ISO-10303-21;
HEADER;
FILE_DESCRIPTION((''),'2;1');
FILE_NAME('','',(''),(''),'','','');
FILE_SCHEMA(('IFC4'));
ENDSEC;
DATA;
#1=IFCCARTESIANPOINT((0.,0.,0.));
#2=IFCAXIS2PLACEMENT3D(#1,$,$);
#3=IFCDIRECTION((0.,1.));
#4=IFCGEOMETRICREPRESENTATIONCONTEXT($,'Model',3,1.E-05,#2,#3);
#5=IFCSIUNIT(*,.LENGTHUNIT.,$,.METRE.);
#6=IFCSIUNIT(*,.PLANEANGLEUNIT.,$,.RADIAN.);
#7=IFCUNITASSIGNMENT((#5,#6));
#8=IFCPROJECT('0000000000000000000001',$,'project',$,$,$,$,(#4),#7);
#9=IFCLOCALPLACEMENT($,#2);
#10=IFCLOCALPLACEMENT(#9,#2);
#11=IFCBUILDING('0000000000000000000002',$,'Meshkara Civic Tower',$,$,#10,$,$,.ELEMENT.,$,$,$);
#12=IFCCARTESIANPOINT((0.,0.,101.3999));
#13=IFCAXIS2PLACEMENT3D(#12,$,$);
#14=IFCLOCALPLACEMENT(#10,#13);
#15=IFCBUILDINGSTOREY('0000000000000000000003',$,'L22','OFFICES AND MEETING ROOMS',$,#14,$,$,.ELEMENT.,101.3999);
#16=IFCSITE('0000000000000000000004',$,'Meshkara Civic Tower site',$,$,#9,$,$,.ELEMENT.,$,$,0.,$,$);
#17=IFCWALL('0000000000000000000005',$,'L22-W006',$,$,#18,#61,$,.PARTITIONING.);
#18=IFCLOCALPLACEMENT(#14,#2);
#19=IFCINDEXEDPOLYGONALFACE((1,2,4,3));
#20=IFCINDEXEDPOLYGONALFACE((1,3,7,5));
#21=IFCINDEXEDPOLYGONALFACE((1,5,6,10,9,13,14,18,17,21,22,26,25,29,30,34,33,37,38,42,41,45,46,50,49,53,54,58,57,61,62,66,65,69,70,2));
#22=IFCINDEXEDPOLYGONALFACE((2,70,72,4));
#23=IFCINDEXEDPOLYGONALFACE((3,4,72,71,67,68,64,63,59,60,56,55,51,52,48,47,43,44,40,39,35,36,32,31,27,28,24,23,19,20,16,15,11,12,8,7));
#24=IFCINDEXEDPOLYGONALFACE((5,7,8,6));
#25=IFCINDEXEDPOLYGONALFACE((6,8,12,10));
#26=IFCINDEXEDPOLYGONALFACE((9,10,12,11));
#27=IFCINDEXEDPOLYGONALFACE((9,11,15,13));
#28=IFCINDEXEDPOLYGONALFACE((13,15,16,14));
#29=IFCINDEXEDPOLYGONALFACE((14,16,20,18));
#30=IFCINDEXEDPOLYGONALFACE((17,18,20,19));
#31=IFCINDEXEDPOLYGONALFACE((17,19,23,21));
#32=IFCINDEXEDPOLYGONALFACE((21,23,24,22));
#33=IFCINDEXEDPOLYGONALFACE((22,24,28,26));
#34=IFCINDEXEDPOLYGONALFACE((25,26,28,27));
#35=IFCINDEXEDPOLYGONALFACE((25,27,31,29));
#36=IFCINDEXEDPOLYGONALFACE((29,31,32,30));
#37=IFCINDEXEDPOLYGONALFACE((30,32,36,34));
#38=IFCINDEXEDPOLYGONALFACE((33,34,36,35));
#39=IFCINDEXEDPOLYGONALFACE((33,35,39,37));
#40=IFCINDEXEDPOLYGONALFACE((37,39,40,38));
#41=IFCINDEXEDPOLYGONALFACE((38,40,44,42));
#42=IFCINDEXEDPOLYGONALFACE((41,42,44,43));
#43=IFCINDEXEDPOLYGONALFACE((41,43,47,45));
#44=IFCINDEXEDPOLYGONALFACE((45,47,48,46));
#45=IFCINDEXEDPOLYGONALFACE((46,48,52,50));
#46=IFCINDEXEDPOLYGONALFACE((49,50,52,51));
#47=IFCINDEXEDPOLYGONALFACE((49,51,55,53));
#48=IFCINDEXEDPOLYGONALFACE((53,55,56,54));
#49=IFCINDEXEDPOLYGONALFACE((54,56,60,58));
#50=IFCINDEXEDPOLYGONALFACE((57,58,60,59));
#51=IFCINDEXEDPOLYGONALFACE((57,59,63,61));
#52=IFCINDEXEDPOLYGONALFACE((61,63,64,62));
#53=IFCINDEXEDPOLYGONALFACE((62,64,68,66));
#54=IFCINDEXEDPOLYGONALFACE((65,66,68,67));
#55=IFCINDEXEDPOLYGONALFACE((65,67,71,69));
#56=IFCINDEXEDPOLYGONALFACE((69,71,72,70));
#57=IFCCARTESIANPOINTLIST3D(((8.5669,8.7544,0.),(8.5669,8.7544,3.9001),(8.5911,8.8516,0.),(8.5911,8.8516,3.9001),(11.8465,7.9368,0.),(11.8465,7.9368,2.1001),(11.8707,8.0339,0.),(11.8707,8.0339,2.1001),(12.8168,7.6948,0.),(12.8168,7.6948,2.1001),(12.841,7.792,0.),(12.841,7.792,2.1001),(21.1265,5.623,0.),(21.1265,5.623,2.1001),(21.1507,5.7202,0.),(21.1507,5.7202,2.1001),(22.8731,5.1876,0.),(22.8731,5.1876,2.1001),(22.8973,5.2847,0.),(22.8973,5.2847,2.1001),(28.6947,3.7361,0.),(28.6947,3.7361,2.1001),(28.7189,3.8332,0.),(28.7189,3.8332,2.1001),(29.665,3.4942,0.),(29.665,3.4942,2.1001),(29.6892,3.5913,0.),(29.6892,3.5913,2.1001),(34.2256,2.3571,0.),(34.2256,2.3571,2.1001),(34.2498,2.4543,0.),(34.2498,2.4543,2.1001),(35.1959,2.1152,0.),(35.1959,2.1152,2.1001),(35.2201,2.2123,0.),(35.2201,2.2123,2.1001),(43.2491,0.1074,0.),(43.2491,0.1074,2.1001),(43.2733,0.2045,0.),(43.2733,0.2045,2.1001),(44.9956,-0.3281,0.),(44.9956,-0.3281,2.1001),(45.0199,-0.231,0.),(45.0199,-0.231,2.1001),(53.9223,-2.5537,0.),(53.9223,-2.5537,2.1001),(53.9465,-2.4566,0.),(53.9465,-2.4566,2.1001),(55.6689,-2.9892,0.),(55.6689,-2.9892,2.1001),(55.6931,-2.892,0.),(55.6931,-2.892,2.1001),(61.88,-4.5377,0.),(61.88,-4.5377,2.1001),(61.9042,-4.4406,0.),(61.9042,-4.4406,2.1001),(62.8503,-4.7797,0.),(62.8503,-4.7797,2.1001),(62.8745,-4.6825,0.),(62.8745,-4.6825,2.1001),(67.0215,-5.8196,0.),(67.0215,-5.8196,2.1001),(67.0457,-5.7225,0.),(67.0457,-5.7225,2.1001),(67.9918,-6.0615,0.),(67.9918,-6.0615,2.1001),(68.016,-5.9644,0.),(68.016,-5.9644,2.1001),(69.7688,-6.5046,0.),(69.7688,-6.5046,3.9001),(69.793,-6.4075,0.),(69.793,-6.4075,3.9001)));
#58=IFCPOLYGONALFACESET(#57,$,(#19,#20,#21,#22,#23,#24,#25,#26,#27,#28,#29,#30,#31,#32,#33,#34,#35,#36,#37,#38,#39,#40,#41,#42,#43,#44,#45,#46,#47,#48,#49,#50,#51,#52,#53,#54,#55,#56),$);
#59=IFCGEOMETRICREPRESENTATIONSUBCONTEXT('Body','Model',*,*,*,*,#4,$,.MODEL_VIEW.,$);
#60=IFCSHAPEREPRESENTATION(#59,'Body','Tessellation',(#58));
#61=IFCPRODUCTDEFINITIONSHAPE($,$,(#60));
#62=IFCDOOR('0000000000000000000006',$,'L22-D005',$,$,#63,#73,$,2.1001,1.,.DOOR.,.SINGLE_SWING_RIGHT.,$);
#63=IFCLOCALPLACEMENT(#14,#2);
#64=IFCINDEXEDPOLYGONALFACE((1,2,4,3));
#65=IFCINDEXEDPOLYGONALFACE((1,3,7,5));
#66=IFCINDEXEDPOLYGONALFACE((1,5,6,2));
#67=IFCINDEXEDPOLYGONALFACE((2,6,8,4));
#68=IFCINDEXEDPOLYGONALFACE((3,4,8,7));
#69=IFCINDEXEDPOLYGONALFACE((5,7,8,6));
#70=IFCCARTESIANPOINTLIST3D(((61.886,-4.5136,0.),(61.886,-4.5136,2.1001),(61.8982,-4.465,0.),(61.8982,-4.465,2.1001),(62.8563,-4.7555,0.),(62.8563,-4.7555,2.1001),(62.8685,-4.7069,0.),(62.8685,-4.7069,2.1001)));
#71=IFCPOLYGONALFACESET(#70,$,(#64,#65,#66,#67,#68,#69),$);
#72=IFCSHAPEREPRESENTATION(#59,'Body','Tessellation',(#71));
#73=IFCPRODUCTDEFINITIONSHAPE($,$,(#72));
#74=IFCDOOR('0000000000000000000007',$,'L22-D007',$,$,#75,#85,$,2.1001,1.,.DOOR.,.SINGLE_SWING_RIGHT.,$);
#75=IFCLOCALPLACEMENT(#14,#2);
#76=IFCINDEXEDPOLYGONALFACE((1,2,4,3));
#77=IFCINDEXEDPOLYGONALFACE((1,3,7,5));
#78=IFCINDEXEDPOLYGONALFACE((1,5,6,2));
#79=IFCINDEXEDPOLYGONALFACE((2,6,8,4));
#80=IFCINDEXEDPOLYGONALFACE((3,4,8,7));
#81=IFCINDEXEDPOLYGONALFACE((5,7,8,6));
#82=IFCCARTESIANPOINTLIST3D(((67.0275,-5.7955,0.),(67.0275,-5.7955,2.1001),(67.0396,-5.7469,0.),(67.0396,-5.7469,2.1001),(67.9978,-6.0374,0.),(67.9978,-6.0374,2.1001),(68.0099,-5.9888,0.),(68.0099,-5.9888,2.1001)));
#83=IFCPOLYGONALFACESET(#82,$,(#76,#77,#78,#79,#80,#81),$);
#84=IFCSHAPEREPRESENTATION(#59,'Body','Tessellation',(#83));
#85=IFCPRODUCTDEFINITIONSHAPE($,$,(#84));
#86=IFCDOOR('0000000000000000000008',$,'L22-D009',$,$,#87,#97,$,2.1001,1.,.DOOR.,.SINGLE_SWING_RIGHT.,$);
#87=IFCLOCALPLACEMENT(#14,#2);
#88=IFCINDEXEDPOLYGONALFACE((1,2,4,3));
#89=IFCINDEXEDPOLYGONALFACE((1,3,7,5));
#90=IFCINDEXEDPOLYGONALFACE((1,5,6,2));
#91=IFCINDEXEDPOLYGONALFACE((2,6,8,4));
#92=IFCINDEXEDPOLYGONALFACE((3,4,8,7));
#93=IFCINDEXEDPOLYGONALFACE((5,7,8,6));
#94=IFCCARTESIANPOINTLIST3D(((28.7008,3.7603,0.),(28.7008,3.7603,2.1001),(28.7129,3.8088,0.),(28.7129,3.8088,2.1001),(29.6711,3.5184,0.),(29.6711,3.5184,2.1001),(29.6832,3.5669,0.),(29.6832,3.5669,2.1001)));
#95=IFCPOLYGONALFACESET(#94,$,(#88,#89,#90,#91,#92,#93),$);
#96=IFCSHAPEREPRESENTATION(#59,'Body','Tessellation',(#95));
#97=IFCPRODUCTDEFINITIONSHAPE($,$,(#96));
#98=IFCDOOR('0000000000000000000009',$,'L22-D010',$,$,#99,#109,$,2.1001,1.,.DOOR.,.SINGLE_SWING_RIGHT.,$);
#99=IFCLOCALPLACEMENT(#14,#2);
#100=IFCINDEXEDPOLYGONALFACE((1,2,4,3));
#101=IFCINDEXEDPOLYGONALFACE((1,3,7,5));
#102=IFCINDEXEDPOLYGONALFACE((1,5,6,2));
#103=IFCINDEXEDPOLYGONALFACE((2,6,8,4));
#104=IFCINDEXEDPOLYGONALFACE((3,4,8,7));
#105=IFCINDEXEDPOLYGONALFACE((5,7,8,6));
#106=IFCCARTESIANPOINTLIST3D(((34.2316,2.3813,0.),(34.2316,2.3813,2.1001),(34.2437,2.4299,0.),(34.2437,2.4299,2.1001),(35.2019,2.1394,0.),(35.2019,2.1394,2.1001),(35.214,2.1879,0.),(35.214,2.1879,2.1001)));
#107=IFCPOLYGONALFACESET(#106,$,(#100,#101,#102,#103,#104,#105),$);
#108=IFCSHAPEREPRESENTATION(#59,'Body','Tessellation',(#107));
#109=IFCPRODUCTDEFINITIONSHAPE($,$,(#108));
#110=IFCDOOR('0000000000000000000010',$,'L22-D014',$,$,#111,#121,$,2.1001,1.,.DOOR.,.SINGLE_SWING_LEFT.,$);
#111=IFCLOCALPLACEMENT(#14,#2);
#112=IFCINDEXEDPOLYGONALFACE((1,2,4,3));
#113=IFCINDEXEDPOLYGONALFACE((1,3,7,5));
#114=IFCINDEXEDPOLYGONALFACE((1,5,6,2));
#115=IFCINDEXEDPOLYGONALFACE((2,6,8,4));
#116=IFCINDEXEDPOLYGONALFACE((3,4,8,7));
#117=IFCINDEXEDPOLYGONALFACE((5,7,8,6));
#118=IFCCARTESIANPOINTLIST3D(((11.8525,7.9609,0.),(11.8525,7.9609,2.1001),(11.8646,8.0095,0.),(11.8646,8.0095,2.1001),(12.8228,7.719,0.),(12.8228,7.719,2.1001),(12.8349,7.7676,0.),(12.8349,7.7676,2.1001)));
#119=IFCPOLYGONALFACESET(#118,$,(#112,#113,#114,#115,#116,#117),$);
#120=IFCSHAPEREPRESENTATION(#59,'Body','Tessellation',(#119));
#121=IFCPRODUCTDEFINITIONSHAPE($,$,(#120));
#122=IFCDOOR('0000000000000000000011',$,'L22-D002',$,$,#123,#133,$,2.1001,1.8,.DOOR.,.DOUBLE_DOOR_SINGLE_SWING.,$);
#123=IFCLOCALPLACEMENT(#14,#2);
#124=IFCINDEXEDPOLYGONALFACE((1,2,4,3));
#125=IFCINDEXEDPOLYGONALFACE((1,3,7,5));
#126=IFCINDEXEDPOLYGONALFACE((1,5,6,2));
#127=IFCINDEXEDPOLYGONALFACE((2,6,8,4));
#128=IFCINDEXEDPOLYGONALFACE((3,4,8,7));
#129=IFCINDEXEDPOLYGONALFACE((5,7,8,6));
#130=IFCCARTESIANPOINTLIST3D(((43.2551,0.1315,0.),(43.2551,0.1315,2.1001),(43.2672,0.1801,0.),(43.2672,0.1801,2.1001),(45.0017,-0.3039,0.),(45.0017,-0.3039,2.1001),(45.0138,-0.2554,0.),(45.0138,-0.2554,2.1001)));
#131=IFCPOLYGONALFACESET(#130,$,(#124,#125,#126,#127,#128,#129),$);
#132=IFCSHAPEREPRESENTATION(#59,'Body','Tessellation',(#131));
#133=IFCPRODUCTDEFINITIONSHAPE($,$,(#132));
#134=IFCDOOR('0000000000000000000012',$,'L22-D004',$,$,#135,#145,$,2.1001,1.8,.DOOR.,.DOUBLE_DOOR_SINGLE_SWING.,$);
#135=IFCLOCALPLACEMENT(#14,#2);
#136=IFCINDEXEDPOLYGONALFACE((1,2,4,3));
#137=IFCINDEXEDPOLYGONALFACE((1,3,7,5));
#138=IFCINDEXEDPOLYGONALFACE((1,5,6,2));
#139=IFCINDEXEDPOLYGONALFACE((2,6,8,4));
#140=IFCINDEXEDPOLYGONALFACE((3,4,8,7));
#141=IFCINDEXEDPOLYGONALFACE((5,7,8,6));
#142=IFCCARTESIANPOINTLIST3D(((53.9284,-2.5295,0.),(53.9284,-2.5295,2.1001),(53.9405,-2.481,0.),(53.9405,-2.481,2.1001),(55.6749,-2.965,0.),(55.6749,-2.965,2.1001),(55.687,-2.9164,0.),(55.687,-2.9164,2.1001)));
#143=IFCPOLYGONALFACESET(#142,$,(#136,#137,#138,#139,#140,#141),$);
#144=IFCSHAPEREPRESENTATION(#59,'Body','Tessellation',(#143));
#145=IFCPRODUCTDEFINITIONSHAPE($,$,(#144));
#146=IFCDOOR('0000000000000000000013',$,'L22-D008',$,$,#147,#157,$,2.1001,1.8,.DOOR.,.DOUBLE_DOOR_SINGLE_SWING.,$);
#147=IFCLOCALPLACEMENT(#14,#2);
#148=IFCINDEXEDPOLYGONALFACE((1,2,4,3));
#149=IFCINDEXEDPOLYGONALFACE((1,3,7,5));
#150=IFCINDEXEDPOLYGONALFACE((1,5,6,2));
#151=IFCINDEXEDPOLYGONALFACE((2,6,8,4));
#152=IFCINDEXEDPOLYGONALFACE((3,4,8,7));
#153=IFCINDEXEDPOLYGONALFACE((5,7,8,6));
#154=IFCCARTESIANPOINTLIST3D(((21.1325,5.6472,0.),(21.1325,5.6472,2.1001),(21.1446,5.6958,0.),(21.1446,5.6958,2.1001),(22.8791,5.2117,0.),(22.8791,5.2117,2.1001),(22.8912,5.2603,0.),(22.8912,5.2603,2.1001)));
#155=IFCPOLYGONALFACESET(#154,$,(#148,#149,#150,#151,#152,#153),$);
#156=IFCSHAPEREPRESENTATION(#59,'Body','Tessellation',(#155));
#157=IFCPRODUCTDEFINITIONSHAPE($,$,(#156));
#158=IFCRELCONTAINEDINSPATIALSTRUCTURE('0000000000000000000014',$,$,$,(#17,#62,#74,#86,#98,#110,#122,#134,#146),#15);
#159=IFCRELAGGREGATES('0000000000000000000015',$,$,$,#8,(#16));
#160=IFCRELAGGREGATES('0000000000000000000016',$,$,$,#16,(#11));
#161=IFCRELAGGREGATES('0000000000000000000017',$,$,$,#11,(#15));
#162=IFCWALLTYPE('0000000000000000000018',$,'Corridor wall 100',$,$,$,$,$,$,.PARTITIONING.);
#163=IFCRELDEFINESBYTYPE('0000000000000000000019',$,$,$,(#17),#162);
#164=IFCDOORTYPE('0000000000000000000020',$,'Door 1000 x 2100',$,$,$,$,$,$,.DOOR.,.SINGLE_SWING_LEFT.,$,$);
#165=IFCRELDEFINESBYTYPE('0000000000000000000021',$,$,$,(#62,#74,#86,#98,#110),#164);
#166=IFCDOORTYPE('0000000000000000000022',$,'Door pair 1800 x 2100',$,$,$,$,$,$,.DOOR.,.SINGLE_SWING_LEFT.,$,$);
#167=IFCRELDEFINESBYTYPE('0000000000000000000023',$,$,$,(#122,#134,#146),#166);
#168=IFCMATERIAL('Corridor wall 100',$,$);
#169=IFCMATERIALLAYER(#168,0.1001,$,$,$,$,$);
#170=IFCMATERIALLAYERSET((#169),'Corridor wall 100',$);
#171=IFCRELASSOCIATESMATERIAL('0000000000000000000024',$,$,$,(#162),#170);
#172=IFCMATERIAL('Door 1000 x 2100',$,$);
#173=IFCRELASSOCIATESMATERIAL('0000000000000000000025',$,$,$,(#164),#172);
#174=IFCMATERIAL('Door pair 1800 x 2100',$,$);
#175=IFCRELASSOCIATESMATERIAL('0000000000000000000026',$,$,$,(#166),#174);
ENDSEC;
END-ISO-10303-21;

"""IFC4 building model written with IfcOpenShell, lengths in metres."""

from ifc_helpers import new_model, si_unit, direction, frame, frame_2d, origin, place, context, subcontext, project, spatial, rectangle, extrude, material, layer, layer_set, type_object, element, fill, save


model = new_model("IFC4")

# Units and contexts
model_context = context("Model", 3, precision=1e-05, world=origin(), true_north=direction((0.0, 1.0)))
body_context = subcontext(model_context, "Body", "Model", "MODEL_VIEW")
ifc_project = project(units=[si_unit("LENGTHUNIT", "METRE"), si_unit("PLANEANGLEUNIT", "RADIAN")], contexts=[model_context])

# Site, building, storey
site_placement = place(None, origin())
site = spatial("IfcSite", under=ifc_project, at=site_placement, Name="Meshkara Civic Tower site", CompositionType="ELEMENT", RefElevation=0.0)
building_placement = place(site_placement, origin())
building = spatial("IfcBuilding", under=site, at=building_placement, Name="Meshkara Civic Tower", CompositionType="ELEMENT")
storey_placement = place(building_placement, frame((0.0, 0.0, 101.3999)))
storey = spatial("IfcBuildingStorey", under=building, at=storey_placement, Name="L22", Description="OFFICES AND MEETING ROOMS", CompositionType="ELEMENT", Elevation=101.3999)

# Shared definitions
ifc_material_1 = material(Name="Corridor wall 100")
ifc_layer_1 = layer(ifc_material_1, 0.1001)
ifc_layer_set_1 = layer_set([ifc_layer_1], Name="Corridor wall 100")
wall_type_1 = type_object("IfcWallType", Name="Corridor wall 100", PredefinedType="PARTITIONING", material=ifc_layer_set_1)
ifc_material_2 = material(Name="Door 1000 x 2100")
door_type_1 = type_object("IfcDoorType", Name="Door 1000 x 2100", OperationType="SINGLE_SWING_LEFT", PredefinedType="DOOR", material=ifc_material_2)
ifc_material_3 = material(Name="Door pair 1800 x 2100")
door_type_2 = type_object("IfcDoorType", Name="Door pair 1800 x 2100", OperationType="SINGLE_SWING_LEFT", PredefinedType="DOOR", material=ifc_material_3)

# Wall, openings, doors
wall_1_placement = place(storey_placement, frame((8.5791, 8.803, 0.0), z_axis=(0.0, 0.0, 1.0), x_axis=(0.970297, -0.241917, 0.0)))
wall_1 = element("IfcWall", 1, at=wall_1_placement, inside=storey, type_object=wall_type_1, Name="L22-W006", PredefinedType="PARTITIONING", context=body_context, shape_type="SweptSolid", body=[
    extrude(rectangle(XDim=63.0754, YDim=0.1001, at=frame_2d((31.5376, 0.0))), origin(), (0.0, 0.0, 1.0), 3.9001),
])
opening_1_placement = place(wall_1_placement, frame((35.7439, 0.0, 0.0)))
opening_1 = element("IfcOpeningElement", 2, at=opening_1_placement, cuts=wall_1, PredefinedType="OPENING", context=body_context, shape_type="SweptSolid", body=[
    extrude(rectangle(XDim=1.8, YDim=2.1001, at=frame_2d((0.8999, 1.05))), frame((0.0, 0.0601, 0.0), z_axis=(0.0, -1.0, 0.0), x_axis=(1.0, 0.0, 0.0)), (0.0, 0.0, 1.0), 0.1201),
])
opening_2_placement = place(wall_1_placement, frame((46.7439, 0.0, 0.0)))
opening_2 = element("IfcOpeningElement", 3, at=opening_2_placement, cuts=wall_1, PredefinedType="OPENING", context=body_context, shape_type="SweptSolid", body=[
    extrude(rectangle(XDim=1.8, YDim=2.1001, at=frame_2d((0.8999, 1.05))), frame((0.0, 0.0601, 0.0), z_axis=(0.0, -1.0, 0.0), x_axis=(1.0, 0.0, 0.0)), (0.0, 0.0, 1.0), 0.1201),
])
opening_3_placement = place(wall_1_placement, frame((54.9451, 0.0, 0.0)))
opening_3 = element("IfcOpeningElement", 4, at=opening_3_placement, cuts=wall_1, PredefinedType="OPENING", context=body_context, shape_type="SweptSolid", body=[
    extrude(rectangle(XDim=1.0, YDim=2.1001, at=frame_2d((0.5, 1.05))), frame((0.0, 0.0601, 0.0), z_axis=(0.0, -1.0, 0.0), x_axis=(1.0, 0.0, 0.0)), (0.0, 0.0, 1.0), 0.1201),
])
opening_4_placement = place(wall_1_placement, frame((60.2439, 0.0, 0.0)))
opening_4 = element("IfcOpeningElement", 5, at=opening_4_placement, cuts=wall_1, PredefinedType="OPENING", context=body_context, shape_type="SweptSolid", body=[
    extrude(rectangle(XDim=1.0, YDim=2.1001, at=frame_2d((0.5, 1.05))), frame((0.0, 0.0601, 0.0), z_axis=(0.0, -1.0, 0.0), x_axis=(1.0, 0.0, 0.0)), (0.0, 0.0, 1.0), 0.1201),
])
opening_5_placement = place(wall_1_placement, frame((12.9441, 0.0, 0.0)))
opening_5 = element("IfcOpeningElement", 6, at=opening_5_placement, cuts=wall_1, PredefinedType="OPENING", context=body_context, shape_type="SweptSolid", body=[
    extrude(rectangle(XDim=1.8, YDim=2.1001, at=frame_2d((0.8999, 1.05))), frame((0.0, 0.0601, 0.0), z_axis=(0.0, -1.0, 0.0), x_axis=(1.0, 0.0, 0.0)), (0.0, 0.0, 1.0), 0.1201),
])
opening_6_placement = place(wall_1_placement, frame((20.7439, 0.0, 0.0)))
opening_6 = element("IfcOpeningElement", 7, at=opening_6_placement, cuts=wall_1, PredefinedType="OPENING", context=body_context, shape_type="SweptSolid", body=[
    extrude(rectangle(XDim=1.0, YDim=2.1001, at=frame_2d((0.5, 1.05))), frame((0.0, 0.0601, 0.0), z_axis=(0.0, -1.0, 0.0), x_axis=(1.0, 0.0, 0.0)), (0.0, 0.0, 1.0), 0.1201),
])
opening_7_placement = place(wall_1_placement, frame((26.4441, 0.0, 0.0)))
opening_7 = element("IfcOpeningElement", 8, at=opening_7_placement, cuts=wall_1, PredefinedType="OPENING", context=body_context, shape_type="SweptSolid", body=[
    extrude(rectangle(XDim=1.0, YDim=2.1001, at=frame_2d((0.5, 1.05))), frame((0.0, 0.0601, 0.0), z_axis=(0.0, -1.0, 0.0), x_axis=(1.0, 0.0, 0.0)), (0.0, 0.0, 1.0), 0.1201),
])
opening_8_placement = place(wall_1_placement, frame((3.3799, 0.0, 0.0)))
opening_8 = element("IfcOpeningElement", 9, at=opening_8_placement, cuts=wall_1, PredefinedType="OPENING", context=body_context, shape_type="SweptSolid", body=[
    extrude(rectangle(XDim=1.0, YDim=2.1001, at=frame_2d((0.5, 1.05))), frame((0.0, 0.0601, 0.0), z_axis=(0.0, -1.0, 0.0), x_axis=(1.0, 0.0, 0.0)), (0.0, 0.0, 1.0), 0.1201),
])
door_1_placement = place(opening_3_placement, origin())
door_1 = element("IfcDoor", 10, at=door_1_placement, inside=storey, type_object=door_type_1, Name="L22-D005", OperationType="SINGLE_SWING_RIGHT", OverallHeight=2.1001, OverallWidth=1.0, PredefinedType="DOOR", context=body_context, shape_type="SweptSolid", body=[
    extrude(rectangle(XDim=1.0, YDim=2.1001, at=frame_2d((0.5, 1.05))), frame((0.0, 0.0249, 0.0), z_axis=(0.0, -1.0, 0.0), x_axis=(1.0, 0.0, 0.0)), (0.0, 0.0, 1.0), 0.05),
])
fill(opening_3, door_1)
door_2_placement = place(opening_4_placement, origin())
door_2 = element("IfcDoor", 11, at=door_2_placement, inside=storey, type_object=door_type_1, Name="L22-D007", OperationType="SINGLE_SWING_RIGHT", OverallHeight=2.1001, OverallWidth=1.0, PredefinedType="DOOR", context=body_context, shape_type="SweptSolid", body=[
    extrude(rectangle(XDim=1.0, YDim=2.1001, at=frame_2d((0.5, 1.05))), frame((0.0, 0.0249, 0.0), z_axis=(0.0, -1.0, 0.0), x_axis=(1.0, 0.0, 0.0)), (0.0, 0.0, 1.0), 0.05),
])
fill(opening_4, door_2)
door_3_placement = place(opening_6_placement, origin())
door_3 = element("IfcDoor", 12, at=door_3_placement, inside=storey, type_object=door_type_1, Name="L22-D009", OperationType="SINGLE_SWING_RIGHT", OverallHeight=2.1001, OverallWidth=1.0, PredefinedType="DOOR", context=body_context, shape_type="SweptSolid", body=[
    extrude(rectangle(XDim=1.0, YDim=2.1001, at=frame_2d((0.5, 1.05))), frame((0.0, 0.0249, 0.0), z_axis=(0.0, -1.0, 0.0), x_axis=(1.0, 0.0, 0.0)), (0.0, 0.0, 1.0), 0.05),
])
fill(opening_6, door_3)
door_4_placement = place(opening_7_placement, origin())
door_4 = element("IfcDoor", 13, at=door_4_placement, inside=storey, type_object=door_type_1, Name="L22-D010", OperationType="SINGLE_SWING_RIGHT", OverallHeight=2.1001, OverallWidth=1.0, PredefinedType="DOOR", context=body_context, shape_type="SweptSolid", body=[
    extrude(rectangle(XDim=1.0, YDim=2.1001, at=frame_2d((0.5, 1.05))), frame((0.0, 0.0249, 0.0), z_axis=(0.0, -1.0, 0.0), x_axis=(1.0, 0.0, 0.0)), (0.0, 0.0, 1.0), 0.05),
])
fill(opening_7, door_4)
door_5_placement = place(opening_8_placement, origin())
door_5 = element("IfcDoor", 14, at=door_5_placement, inside=storey, type_object=door_type_1, Name="L22-D014", OperationType="SINGLE_SWING_LEFT", OverallHeight=2.1001, OverallWidth=1.0, PredefinedType="DOOR", context=body_context, shape_type="SweptSolid", body=[
    extrude(rectangle(XDim=1.0, YDim=2.1001, at=frame_2d((0.5, 1.05))), frame((0.0, 0.0249, 0.0), z_axis=(0.0, -1.0, 0.0), x_axis=(1.0, 0.0, 0.0)), (0.0, 0.0, 1.0), 0.05),
])
fill(opening_8, door_5)
door_6_placement = place(opening_1_placement, origin())
door_6 = element("IfcDoor", 15, at=door_6_placement, inside=storey, type_object=door_type_2, Name="L22-D002", OperationType="DOUBLE_DOOR_SINGLE_SWING", OverallHeight=2.1001, OverallWidth=1.8, PredefinedType="DOOR", context=body_context, shape_type="SweptSolid", body=[
    extrude(rectangle(XDim=1.8, YDim=2.1001, at=frame_2d((0.8999, 1.05))), frame((0.0, 0.0249, 0.0), z_axis=(0.0, -1.0, 0.0), x_axis=(1.0, 0.0, 0.0)), (0.0, 0.0, 1.0), 0.05),
])
fill(opening_1, door_6)
door_7_placement = place(opening_2_placement, origin())
door_7 = element("IfcDoor", 16, at=door_7_placement, inside=storey, type_object=door_type_2, Name="L22-D004", OperationType="DOUBLE_DOOR_SINGLE_SWING", OverallHeight=2.1001, OverallWidth=1.8, PredefinedType="DOOR", context=body_context, shape_type="SweptSolid", body=[
    extrude(rectangle(XDim=1.8, YDim=2.1001, at=frame_2d((0.8999, 1.05))), frame((0.0, 0.0249, 0.0), z_axis=(0.0, -1.0, 0.0), x_axis=(1.0, 0.0, 0.0)), (0.0, 0.0, 1.0), 0.05),
])
fill(opening_2, door_7)
door_8_placement = place(opening_5_placement, origin())
door_8 = element("IfcDoor", 17, at=door_8_placement, inside=storey, type_object=door_type_2, Name="L22-D008", OperationType="DOUBLE_DOOR_SINGLE_SWING", OverallHeight=2.1001, OverallWidth=1.8, PredefinedType="DOOR", context=body_context, shape_type="SweptSolid", body=[
    extrude(rectangle(XDim=1.8, YDim=2.1001, at=frame_2d((0.8999, 1.05))), frame((0.0, 0.0249, 0.0), z_axis=(0.0, -1.0, 0.0), x_axis=(1.0, 0.0, 0.0)), (0.0, 0.0, 1.0), 0.05),
])
fill(opening_5, door_8)

save(model, "model.ifc")
